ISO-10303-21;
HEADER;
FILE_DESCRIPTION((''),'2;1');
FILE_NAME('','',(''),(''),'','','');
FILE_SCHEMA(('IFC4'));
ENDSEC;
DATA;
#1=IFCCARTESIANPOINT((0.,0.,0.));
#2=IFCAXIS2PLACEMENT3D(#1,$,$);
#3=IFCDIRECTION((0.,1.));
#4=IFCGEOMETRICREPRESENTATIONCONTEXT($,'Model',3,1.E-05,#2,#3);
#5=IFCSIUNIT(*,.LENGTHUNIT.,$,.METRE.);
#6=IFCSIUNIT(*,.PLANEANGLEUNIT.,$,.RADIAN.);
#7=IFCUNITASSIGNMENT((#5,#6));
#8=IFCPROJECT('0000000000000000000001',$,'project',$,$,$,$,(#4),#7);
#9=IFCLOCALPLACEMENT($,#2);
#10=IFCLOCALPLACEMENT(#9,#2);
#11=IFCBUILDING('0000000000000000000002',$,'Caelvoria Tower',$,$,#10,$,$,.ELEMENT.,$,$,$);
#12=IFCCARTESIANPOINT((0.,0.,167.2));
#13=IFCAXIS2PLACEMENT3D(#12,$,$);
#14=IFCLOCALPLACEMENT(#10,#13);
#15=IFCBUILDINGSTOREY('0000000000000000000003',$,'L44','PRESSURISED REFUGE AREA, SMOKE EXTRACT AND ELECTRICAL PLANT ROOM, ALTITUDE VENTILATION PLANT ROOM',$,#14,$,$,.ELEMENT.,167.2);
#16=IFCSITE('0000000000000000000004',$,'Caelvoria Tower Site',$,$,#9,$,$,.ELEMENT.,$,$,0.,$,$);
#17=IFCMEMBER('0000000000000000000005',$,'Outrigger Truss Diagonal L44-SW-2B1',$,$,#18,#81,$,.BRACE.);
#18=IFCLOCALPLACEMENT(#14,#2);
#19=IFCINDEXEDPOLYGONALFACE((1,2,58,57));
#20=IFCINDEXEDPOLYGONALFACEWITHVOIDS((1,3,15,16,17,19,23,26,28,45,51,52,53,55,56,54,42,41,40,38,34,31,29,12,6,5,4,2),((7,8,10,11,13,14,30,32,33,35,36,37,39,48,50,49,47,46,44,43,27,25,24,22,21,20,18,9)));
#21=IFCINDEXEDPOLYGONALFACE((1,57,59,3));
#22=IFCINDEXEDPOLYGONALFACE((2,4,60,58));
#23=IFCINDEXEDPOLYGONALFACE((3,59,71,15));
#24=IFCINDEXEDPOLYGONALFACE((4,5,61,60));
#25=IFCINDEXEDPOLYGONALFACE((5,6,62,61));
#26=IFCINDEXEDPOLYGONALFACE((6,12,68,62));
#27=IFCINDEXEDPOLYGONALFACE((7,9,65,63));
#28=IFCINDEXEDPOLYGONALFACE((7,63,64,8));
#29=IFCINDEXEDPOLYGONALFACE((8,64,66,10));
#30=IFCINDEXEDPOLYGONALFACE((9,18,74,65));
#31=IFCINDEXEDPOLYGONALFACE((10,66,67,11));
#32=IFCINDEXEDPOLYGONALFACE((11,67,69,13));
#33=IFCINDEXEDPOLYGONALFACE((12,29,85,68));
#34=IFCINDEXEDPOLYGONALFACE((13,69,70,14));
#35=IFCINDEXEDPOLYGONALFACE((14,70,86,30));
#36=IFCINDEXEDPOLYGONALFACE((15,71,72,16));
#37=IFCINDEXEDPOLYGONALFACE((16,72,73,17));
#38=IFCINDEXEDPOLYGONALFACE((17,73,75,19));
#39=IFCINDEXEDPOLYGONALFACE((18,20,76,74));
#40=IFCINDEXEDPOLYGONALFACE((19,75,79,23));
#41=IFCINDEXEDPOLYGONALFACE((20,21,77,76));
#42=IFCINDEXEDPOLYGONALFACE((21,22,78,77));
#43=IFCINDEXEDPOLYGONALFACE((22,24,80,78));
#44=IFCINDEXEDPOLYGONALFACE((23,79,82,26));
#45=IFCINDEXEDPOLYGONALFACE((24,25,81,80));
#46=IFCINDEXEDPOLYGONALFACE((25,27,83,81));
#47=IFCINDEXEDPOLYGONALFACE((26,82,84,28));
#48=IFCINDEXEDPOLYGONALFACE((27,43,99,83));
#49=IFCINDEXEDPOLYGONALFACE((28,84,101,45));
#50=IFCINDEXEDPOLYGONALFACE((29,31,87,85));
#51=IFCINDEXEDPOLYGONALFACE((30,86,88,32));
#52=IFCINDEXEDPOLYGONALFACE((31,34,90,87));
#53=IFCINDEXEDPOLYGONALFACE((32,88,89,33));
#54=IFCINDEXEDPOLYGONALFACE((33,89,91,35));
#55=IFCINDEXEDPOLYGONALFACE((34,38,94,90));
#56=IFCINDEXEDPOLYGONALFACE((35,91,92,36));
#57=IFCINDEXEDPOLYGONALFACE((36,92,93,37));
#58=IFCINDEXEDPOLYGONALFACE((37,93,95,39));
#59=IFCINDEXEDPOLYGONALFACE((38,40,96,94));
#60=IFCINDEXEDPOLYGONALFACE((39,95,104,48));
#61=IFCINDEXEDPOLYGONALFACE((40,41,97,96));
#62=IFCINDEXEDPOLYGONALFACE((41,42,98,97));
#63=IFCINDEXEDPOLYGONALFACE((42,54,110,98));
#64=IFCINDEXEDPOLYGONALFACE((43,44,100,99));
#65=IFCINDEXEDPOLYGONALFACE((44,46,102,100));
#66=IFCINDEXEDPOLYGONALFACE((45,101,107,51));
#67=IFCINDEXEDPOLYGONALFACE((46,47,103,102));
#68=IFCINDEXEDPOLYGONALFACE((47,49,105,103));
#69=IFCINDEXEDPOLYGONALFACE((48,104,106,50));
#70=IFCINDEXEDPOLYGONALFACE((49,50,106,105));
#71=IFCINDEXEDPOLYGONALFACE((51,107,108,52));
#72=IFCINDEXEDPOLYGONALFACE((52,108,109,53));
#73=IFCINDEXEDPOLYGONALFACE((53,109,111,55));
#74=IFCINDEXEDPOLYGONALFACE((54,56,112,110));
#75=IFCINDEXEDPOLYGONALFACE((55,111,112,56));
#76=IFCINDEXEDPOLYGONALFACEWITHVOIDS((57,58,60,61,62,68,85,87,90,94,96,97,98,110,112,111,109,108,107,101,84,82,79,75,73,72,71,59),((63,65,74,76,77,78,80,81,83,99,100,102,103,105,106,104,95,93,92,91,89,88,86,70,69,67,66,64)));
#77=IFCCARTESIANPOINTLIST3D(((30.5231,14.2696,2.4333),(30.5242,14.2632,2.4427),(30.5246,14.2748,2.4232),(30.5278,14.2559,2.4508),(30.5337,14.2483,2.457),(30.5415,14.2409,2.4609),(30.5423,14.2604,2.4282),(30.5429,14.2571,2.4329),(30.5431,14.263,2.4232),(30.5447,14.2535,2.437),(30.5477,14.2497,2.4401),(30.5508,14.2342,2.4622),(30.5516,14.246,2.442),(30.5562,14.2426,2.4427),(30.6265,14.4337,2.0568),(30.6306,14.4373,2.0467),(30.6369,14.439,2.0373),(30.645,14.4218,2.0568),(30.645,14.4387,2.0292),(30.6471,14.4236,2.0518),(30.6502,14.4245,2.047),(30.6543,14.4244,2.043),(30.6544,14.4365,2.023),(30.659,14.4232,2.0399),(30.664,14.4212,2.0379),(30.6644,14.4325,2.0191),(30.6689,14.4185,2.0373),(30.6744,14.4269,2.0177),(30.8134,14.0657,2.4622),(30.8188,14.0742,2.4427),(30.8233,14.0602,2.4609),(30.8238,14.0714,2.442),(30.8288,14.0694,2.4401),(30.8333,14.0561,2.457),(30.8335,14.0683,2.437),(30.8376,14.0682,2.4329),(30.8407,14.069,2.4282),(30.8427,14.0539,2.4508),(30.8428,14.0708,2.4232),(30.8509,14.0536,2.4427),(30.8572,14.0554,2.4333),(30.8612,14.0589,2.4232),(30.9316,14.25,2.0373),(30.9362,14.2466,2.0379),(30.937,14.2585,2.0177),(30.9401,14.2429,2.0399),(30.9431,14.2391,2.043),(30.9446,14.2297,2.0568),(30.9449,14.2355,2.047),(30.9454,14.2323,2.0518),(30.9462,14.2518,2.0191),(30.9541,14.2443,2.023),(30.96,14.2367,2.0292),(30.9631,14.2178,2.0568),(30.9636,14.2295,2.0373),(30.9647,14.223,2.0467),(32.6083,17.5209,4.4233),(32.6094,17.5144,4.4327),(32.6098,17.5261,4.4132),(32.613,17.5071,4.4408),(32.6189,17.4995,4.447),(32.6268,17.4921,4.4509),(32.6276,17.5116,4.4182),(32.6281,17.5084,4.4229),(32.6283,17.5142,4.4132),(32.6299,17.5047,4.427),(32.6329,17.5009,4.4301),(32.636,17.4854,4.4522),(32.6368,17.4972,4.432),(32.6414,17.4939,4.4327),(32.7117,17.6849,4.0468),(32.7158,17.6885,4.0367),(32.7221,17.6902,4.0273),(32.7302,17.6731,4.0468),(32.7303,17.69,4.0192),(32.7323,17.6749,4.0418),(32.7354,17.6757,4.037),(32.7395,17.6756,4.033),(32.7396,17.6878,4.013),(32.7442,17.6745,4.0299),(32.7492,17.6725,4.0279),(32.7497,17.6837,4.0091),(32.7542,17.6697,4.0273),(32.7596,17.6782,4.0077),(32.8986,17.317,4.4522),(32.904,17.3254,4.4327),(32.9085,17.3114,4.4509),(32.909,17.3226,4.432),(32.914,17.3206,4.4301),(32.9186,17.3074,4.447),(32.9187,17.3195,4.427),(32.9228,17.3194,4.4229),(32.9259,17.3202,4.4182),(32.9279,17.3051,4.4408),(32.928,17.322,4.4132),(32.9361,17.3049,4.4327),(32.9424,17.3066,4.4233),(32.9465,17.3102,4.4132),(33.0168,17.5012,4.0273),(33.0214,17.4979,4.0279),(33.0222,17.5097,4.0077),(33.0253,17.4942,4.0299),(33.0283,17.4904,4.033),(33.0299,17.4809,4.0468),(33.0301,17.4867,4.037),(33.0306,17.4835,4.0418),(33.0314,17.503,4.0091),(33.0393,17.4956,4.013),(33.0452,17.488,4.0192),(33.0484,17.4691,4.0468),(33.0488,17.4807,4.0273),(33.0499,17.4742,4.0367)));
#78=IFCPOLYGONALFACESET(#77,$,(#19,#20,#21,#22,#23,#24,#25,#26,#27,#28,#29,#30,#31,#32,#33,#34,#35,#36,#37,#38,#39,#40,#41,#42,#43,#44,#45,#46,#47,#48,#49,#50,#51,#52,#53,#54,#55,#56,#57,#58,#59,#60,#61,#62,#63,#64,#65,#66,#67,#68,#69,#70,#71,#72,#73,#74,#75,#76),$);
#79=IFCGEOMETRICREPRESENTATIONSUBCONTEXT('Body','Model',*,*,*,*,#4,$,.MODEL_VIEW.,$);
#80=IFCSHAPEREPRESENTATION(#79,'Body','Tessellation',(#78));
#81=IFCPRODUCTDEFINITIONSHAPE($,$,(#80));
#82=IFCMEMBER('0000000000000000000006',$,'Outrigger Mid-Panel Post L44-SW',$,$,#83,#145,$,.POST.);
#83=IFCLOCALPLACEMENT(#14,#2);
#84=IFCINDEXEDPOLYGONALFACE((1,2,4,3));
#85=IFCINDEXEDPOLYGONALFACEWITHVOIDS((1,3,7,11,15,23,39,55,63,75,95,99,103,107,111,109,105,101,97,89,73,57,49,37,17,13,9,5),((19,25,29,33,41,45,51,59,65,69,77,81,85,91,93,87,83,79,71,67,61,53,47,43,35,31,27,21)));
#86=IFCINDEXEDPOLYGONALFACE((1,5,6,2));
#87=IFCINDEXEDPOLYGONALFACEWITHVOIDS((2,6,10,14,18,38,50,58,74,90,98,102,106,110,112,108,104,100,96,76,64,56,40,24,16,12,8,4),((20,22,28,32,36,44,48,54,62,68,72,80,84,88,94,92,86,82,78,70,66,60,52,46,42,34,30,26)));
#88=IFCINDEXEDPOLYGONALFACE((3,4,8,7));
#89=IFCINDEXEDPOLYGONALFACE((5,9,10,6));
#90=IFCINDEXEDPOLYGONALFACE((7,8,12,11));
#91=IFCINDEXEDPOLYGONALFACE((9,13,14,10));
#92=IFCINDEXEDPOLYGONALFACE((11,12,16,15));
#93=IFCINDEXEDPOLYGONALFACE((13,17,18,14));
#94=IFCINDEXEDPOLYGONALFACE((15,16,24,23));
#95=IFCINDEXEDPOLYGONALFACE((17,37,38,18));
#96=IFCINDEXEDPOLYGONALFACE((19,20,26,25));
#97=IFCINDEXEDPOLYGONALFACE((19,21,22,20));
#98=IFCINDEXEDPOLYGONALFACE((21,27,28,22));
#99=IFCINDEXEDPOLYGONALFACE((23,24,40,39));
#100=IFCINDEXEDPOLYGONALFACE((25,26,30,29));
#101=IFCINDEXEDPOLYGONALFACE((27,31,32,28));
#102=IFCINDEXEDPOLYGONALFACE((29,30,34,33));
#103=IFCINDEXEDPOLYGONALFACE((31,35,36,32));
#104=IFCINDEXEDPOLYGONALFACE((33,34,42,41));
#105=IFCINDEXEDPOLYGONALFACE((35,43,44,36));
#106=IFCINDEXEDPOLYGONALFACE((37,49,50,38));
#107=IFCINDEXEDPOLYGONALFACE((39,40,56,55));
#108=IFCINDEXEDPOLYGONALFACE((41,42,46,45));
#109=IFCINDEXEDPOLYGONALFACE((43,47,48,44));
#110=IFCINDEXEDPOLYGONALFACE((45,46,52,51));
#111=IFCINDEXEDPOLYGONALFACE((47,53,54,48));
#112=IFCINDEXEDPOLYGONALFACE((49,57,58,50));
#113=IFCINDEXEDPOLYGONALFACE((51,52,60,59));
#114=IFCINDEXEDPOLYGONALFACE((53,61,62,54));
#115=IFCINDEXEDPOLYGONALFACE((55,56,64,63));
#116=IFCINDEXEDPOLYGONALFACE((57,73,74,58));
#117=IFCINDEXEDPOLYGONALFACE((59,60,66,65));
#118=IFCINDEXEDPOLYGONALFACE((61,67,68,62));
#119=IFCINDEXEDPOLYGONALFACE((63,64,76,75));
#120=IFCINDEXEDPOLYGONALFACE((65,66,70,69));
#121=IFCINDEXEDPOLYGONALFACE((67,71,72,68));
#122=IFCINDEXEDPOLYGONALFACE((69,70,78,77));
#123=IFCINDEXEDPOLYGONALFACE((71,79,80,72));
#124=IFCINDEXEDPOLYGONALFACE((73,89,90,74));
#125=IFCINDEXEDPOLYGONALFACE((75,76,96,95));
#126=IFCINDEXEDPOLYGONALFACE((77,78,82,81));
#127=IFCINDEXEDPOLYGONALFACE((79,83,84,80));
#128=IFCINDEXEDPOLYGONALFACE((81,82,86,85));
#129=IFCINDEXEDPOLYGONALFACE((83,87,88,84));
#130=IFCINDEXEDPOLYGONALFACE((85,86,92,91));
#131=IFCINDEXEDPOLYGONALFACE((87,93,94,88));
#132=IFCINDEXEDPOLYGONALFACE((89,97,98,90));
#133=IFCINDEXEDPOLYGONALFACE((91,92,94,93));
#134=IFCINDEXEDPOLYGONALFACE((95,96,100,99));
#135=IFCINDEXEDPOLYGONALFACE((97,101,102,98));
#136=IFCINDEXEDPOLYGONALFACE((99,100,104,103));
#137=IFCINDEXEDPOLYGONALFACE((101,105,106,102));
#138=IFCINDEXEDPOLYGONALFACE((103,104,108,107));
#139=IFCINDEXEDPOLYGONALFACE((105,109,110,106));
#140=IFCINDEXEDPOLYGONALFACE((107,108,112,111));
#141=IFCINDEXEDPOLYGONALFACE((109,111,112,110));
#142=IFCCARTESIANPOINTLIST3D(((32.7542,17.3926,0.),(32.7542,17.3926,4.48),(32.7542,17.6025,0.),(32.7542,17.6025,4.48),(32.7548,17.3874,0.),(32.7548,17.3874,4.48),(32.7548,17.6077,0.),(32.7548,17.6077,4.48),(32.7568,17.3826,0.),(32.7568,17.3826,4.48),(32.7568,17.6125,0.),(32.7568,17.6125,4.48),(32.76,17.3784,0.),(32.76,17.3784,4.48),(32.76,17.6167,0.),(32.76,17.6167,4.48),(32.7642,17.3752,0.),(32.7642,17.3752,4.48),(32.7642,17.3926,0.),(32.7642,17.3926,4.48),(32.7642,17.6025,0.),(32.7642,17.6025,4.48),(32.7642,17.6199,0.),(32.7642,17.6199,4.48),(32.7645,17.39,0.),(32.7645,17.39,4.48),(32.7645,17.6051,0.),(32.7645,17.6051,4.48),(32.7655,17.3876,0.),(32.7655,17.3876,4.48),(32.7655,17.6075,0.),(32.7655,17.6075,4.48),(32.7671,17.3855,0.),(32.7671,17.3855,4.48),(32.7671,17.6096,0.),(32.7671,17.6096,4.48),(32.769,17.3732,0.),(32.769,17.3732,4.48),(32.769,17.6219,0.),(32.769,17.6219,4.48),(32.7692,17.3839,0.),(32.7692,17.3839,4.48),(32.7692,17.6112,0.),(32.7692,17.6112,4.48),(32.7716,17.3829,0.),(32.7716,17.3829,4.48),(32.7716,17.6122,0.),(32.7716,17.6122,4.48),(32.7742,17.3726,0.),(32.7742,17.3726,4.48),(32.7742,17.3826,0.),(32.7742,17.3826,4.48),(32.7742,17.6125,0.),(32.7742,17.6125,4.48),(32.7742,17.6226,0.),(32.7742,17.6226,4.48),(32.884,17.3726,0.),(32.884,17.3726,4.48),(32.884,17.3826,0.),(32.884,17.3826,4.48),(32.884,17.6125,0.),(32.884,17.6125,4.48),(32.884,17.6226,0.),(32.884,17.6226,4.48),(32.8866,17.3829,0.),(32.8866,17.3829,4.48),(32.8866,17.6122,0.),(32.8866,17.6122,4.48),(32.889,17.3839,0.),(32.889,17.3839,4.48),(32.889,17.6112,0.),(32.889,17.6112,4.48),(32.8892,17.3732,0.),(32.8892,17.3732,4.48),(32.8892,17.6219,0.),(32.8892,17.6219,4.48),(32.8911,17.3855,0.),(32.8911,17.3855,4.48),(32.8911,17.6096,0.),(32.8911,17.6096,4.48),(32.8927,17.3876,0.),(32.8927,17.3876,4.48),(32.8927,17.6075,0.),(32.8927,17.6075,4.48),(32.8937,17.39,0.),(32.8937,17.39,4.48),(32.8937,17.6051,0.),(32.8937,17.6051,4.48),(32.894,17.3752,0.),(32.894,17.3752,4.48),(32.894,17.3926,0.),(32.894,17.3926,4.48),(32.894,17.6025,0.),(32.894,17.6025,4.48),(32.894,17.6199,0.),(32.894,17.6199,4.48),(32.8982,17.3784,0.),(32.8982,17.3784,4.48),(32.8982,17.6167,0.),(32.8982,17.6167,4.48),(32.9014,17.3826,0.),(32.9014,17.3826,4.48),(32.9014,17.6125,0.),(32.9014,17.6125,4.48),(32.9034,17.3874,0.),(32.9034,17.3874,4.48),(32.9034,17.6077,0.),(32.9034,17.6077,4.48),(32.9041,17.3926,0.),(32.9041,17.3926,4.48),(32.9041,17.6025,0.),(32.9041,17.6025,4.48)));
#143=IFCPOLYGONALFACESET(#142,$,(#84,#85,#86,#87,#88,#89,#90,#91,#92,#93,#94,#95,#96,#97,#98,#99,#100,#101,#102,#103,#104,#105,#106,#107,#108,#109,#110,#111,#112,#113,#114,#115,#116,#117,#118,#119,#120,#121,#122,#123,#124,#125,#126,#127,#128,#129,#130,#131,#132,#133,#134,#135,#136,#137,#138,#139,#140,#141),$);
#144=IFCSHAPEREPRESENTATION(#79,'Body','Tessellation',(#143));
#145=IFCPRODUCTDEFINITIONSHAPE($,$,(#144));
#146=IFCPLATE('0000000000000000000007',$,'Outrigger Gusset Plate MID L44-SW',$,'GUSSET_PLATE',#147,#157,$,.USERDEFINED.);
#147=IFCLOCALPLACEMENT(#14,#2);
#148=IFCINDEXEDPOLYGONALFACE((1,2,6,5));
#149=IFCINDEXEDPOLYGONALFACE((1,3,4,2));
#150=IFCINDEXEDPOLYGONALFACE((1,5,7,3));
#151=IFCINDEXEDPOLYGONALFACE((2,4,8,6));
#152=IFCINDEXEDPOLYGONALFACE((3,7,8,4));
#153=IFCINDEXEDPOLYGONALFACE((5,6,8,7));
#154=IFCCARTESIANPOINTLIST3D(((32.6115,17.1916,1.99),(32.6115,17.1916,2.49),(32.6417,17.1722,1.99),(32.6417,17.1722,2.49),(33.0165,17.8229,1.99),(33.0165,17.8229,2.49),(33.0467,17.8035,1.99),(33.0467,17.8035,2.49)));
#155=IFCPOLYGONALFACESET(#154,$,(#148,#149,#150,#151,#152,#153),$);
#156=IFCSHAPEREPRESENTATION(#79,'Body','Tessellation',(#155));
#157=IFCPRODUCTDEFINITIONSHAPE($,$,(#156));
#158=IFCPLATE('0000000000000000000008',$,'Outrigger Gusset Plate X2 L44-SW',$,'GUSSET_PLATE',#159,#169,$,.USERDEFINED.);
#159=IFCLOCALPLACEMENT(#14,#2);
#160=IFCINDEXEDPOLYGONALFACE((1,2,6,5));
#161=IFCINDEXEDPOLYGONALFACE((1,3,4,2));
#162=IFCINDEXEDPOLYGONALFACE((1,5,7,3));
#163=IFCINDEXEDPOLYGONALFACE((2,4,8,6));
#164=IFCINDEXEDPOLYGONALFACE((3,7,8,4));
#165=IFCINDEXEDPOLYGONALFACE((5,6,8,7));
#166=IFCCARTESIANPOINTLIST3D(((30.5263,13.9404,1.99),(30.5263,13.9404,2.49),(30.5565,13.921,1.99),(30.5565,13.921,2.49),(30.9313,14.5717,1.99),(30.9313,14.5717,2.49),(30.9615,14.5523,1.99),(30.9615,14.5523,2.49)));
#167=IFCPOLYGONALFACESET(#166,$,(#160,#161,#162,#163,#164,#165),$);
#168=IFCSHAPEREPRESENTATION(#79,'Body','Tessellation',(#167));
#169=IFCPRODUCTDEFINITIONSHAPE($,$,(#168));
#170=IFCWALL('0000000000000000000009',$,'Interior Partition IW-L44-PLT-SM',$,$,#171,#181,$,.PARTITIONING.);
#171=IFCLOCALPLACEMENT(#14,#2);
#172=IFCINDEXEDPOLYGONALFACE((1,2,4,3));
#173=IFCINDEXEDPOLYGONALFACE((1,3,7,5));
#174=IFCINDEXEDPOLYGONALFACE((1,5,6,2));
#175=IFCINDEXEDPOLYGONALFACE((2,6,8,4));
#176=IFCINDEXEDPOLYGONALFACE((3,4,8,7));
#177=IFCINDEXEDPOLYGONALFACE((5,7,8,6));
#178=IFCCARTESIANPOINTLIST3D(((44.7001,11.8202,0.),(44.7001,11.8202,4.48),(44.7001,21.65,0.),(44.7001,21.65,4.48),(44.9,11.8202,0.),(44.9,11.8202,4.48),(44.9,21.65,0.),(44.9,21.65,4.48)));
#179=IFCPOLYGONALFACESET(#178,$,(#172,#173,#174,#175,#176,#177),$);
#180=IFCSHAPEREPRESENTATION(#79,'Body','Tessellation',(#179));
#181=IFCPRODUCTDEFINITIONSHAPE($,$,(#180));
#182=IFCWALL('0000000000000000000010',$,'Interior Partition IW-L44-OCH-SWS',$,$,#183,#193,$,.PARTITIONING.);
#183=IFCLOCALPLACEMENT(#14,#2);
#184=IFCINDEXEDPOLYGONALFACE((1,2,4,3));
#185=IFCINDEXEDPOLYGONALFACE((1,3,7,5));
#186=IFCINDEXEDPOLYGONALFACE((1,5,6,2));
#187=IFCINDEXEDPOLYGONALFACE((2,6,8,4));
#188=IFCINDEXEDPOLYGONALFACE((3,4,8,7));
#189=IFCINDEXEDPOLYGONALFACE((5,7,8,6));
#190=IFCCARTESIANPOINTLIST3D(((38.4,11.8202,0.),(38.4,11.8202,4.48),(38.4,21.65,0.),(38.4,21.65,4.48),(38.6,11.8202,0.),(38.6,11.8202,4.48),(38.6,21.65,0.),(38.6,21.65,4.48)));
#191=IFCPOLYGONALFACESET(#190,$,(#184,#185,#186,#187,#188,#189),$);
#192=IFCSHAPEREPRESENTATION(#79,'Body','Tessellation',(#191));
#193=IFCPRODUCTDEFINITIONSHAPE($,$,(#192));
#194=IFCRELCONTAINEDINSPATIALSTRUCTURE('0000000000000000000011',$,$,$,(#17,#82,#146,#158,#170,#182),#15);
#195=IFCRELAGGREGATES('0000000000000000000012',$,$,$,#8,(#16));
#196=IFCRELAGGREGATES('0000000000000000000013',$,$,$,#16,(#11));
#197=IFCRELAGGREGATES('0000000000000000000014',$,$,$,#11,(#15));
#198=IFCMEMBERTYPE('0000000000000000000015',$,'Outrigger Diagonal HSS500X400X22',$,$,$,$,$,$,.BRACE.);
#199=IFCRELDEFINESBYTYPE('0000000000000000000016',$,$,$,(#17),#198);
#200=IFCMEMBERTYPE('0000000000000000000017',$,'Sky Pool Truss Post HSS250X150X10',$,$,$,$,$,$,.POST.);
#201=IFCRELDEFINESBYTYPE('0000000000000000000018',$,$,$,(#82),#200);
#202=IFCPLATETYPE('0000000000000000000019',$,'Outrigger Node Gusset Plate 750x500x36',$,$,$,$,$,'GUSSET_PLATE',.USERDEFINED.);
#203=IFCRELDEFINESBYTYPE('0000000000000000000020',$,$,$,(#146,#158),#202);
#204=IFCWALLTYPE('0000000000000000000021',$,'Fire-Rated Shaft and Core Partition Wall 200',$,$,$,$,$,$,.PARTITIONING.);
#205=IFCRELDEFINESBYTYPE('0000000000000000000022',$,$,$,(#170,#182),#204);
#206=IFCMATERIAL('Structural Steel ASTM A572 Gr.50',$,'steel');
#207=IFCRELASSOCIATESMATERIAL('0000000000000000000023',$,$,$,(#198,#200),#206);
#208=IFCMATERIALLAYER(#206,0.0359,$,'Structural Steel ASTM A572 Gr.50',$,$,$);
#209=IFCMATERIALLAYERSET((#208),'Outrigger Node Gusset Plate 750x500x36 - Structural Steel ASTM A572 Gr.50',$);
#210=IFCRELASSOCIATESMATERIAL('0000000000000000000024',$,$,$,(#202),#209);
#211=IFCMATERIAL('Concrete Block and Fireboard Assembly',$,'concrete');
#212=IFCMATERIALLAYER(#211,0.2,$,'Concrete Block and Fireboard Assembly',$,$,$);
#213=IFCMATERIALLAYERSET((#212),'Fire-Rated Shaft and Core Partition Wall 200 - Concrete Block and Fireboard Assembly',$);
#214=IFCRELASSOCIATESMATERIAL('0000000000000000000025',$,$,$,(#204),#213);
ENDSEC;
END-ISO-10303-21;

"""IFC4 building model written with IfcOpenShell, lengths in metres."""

from ifc_helpers import new_model, si_unit, direction, frame, frame_2d, origin, origin_2d, place, context, subcontext, project, spatial, rectangle, hollow_rectangle, extrude, material, layer, layer_set, material_profile, profile_set, type_object, element, save


model = new_model("IFC4")

# Units and contexts
model_context = context("Model", 3, precision=1e-05, world=origin(), true_north=direction((0.0, 1.0)))
body_context = subcontext(model_context, "Body", "Model", "MODEL_VIEW")
ifc_project = project(units=[si_unit("LENGTHUNIT", "METRE"), si_unit("PLANEANGLEUNIT", "RADIAN")], contexts=[model_context])

# Site, building, storey
site_placement = place(None, origin())
site = spatial("IfcSite", under=ifc_project, at=site_placement, Name="Caelvoria Tower Site", CompositionType="ELEMENT", RefElevation=0.0)
building_placement = place(site_placement, origin())
building = spatial("IfcBuilding", under=site, at=building_placement, Name="Caelvoria Tower", CompositionType="ELEMENT")
storey_placement = place(building_placement, frame((0.0, 0.0, 167.2)))
storey = spatial("IfcBuildingStorey", under=building, at=storey_placement, Name="L44", Description="PRESSURISED REFUGE AREA, SMOKE EXTRACT AND ELECTRICAL PLANT ROOM, ALTITUDE VENTILATION PLANT ROOM", CompositionType="ELEMENT", Elevation=167.2)

# Members
ifc_material_1 = material(Name="Structural Steel ASTM A572 Gr.50", Category="steel")
ifc_material_profile_1 = material_profile(ifc_material_1, hollow_rectangle(XDim=0.3999, YDim=0.5, WallThickness=0.022, InnerFilletRadius=0.022, OuterFilletRadius=0.0439, at=origin_2d()), Name="Structural Steel ASTM A572 Gr.50")
ifc_profile_set_1 = profile_set([ifc_material_profile_1], Name="HSS500X400X22 - Structural Steel ASTM A572 Gr.50")
member_type_1 = type_object("IfcMemberType", Name="Outrigger Diagonal HSS500X400X22", PredefinedType="BRACE", material=ifc_profile_set_1)
member_1_placement = place(storey_placement, frame((32.8291, 17.4976, 4.23), z_axis=(-0.479915, -0.748276, -0.458001), x_axis=(0.841751, -0.539866, 0.0)))
element("IfcMember", 1, at=member_1_placement, inside=storey, type_object=member_type_1, Name="Outrigger Truss Diagonal L44-SW-2B1", PredefinedType="BRACE", context=body_context, shape_type="SweptSolid", body=[
    extrude(hollow_rectangle(XDim=0.3999, YDim=0.5, WallThickness=0.022, InnerFilletRadius=0.022, OuterFilletRadius=0.0439, at=origin_2d()), origin(), (0.0, 0.0, 1.0), 4.345),
])
ifc_material_profile_2 = material_profile(ifc_material_1, hollow_rectangle(XDim=0.1499, YDim=0.25, WallThickness=0.01, InnerFilletRadius=0.01, OuterFilletRadius=0.02, at=origin_2d()), Name="Structural Steel ASTM A572 Gr.50")
ifc_profile_set_2 = profile_set([ifc_material_profile_2], Name="HSS250X150X10 - Structural Steel ASTM A572 Gr.50")
member_type_2 = type_object("IfcMemberType", Name="Sky Pool Truss Post HSS250X150X10", PredefinedType="POST", material=ifc_profile_set_2)
member_2_placement = place(storey_placement, frame((32.8291, 17.4976, 0.0), z_axis=(0.0, 0.0, 1.0), x_axis=(1.0, 0.0, 0.0)))
element("IfcMember", 2, at=member_2_placement, inside=storey, type_object=member_type_2, Name="Outrigger Mid-Panel Post L44-SW", PredefinedType="POST", context=body_context, shape_type="SweptSolid", body=[
    extrude(hollow_rectangle(XDim=0.1499, YDim=0.25, WallThickness=0.01, InnerFilletRadius=0.01, OuterFilletRadius=0.02, at=origin_2d()), origin(), (0.0, 0.0, 1.0), 4.48),
])

# Plates
ifc_layer_1 = layer(ifc_material_1, 0.0359, Name="Structural Steel ASTM A572 Gr.50")
ifc_layer_set_1 = layer_set([ifc_layer_1], Name="Outrigger Node Gusset Plate 750x500x36 - Structural Steel ASTM A572 Gr.50")
plate_type = type_object("IfcPlateType", Name="Outrigger Node Gusset Plate 750x500x36", ElementType="GUSSET_PLATE", PredefinedType="USERDEFINED", material=ifc_layer_set_1)
for number, where, z_axis, x_axis, name in (
    (3, (32.8291, 17.4976, 1.99), (0.0, 0.0, 1.0), (-0.539904, -0.841727, 0.0), "Outrigger Gusset Plate MID L44-SW"),
    (4, (30.7439, 14.2463, 1.99), (0.0, 0.0, 1.0), (-0.539904, -0.841727, 0.0), "Outrigger Gusset Plate X2 L44-SW"),
):
    element("IfcPlate", number, at=place(storey_placement, frame(where, z_axis=z_axis, x_axis=x_axis)), inside=storey, type_object=plate_type, Name=name, ObjectType="GUSSET_PLATE", PredefinedType="USERDEFINED", context=body_context, shape_type="SweptSolid", body=[
        extrude(rectangle(XDim=0.75, YDim=0.0359, at=origin_2d()), origin(), (0.0, 0.0, 1.0), 0.5),
    ])

# Walls
ifc_material_2 = material(Name="Concrete Block and Fireboard Assembly", Category="concrete")
ifc_layer_2 = layer(ifc_material_2, 0.2, Name="Concrete Block and Fireboard Assembly")
ifc_layer_set_2 = layer_set([ifc_layer_2], Name="Fire-Rated Shaft and Core Partition Wall 200 - Concrete Block and Fireboard Assembly")
wall_type = type_object("IfcWallType", Name="Fire-Rated Shaft and Core Partition Wall 200", PredefinedType="PARTITIONING", material=ifc_layer_set_2)
for number, where, z_axis, x_axis, name in (
    (5, (44.8, 11.8201, 0.0), (0.0, 0.0, 1.0), (0.0, 1.0, 0.0), "Interior Partition IW-L44-PLT-SM"),
    (6, (38.5, 11.8201, 0.0), (0.0, 0.0, 1.0), (0.0, 1.0, 0.0), "Interior Partition IW-L44-OCH-SWS"),
):
    element("IfcWall", number, at=place(storey_placement, frame(where, z_axis=z_axis, x_axis=x_axis)), inside=storey, type_object=wall_type, Name=name, PredefinedType="PARTITIONING", context=body_context, shape_type="SweptSolid", body=[
        extrude(rectangle(XDim=9.8298, YDim=0.2, at=frame_2d((4.915, 0.0))), origin(), (0.0, 0.0, 1.0), 4.48),
    ])

save(model, "model.ifc")
